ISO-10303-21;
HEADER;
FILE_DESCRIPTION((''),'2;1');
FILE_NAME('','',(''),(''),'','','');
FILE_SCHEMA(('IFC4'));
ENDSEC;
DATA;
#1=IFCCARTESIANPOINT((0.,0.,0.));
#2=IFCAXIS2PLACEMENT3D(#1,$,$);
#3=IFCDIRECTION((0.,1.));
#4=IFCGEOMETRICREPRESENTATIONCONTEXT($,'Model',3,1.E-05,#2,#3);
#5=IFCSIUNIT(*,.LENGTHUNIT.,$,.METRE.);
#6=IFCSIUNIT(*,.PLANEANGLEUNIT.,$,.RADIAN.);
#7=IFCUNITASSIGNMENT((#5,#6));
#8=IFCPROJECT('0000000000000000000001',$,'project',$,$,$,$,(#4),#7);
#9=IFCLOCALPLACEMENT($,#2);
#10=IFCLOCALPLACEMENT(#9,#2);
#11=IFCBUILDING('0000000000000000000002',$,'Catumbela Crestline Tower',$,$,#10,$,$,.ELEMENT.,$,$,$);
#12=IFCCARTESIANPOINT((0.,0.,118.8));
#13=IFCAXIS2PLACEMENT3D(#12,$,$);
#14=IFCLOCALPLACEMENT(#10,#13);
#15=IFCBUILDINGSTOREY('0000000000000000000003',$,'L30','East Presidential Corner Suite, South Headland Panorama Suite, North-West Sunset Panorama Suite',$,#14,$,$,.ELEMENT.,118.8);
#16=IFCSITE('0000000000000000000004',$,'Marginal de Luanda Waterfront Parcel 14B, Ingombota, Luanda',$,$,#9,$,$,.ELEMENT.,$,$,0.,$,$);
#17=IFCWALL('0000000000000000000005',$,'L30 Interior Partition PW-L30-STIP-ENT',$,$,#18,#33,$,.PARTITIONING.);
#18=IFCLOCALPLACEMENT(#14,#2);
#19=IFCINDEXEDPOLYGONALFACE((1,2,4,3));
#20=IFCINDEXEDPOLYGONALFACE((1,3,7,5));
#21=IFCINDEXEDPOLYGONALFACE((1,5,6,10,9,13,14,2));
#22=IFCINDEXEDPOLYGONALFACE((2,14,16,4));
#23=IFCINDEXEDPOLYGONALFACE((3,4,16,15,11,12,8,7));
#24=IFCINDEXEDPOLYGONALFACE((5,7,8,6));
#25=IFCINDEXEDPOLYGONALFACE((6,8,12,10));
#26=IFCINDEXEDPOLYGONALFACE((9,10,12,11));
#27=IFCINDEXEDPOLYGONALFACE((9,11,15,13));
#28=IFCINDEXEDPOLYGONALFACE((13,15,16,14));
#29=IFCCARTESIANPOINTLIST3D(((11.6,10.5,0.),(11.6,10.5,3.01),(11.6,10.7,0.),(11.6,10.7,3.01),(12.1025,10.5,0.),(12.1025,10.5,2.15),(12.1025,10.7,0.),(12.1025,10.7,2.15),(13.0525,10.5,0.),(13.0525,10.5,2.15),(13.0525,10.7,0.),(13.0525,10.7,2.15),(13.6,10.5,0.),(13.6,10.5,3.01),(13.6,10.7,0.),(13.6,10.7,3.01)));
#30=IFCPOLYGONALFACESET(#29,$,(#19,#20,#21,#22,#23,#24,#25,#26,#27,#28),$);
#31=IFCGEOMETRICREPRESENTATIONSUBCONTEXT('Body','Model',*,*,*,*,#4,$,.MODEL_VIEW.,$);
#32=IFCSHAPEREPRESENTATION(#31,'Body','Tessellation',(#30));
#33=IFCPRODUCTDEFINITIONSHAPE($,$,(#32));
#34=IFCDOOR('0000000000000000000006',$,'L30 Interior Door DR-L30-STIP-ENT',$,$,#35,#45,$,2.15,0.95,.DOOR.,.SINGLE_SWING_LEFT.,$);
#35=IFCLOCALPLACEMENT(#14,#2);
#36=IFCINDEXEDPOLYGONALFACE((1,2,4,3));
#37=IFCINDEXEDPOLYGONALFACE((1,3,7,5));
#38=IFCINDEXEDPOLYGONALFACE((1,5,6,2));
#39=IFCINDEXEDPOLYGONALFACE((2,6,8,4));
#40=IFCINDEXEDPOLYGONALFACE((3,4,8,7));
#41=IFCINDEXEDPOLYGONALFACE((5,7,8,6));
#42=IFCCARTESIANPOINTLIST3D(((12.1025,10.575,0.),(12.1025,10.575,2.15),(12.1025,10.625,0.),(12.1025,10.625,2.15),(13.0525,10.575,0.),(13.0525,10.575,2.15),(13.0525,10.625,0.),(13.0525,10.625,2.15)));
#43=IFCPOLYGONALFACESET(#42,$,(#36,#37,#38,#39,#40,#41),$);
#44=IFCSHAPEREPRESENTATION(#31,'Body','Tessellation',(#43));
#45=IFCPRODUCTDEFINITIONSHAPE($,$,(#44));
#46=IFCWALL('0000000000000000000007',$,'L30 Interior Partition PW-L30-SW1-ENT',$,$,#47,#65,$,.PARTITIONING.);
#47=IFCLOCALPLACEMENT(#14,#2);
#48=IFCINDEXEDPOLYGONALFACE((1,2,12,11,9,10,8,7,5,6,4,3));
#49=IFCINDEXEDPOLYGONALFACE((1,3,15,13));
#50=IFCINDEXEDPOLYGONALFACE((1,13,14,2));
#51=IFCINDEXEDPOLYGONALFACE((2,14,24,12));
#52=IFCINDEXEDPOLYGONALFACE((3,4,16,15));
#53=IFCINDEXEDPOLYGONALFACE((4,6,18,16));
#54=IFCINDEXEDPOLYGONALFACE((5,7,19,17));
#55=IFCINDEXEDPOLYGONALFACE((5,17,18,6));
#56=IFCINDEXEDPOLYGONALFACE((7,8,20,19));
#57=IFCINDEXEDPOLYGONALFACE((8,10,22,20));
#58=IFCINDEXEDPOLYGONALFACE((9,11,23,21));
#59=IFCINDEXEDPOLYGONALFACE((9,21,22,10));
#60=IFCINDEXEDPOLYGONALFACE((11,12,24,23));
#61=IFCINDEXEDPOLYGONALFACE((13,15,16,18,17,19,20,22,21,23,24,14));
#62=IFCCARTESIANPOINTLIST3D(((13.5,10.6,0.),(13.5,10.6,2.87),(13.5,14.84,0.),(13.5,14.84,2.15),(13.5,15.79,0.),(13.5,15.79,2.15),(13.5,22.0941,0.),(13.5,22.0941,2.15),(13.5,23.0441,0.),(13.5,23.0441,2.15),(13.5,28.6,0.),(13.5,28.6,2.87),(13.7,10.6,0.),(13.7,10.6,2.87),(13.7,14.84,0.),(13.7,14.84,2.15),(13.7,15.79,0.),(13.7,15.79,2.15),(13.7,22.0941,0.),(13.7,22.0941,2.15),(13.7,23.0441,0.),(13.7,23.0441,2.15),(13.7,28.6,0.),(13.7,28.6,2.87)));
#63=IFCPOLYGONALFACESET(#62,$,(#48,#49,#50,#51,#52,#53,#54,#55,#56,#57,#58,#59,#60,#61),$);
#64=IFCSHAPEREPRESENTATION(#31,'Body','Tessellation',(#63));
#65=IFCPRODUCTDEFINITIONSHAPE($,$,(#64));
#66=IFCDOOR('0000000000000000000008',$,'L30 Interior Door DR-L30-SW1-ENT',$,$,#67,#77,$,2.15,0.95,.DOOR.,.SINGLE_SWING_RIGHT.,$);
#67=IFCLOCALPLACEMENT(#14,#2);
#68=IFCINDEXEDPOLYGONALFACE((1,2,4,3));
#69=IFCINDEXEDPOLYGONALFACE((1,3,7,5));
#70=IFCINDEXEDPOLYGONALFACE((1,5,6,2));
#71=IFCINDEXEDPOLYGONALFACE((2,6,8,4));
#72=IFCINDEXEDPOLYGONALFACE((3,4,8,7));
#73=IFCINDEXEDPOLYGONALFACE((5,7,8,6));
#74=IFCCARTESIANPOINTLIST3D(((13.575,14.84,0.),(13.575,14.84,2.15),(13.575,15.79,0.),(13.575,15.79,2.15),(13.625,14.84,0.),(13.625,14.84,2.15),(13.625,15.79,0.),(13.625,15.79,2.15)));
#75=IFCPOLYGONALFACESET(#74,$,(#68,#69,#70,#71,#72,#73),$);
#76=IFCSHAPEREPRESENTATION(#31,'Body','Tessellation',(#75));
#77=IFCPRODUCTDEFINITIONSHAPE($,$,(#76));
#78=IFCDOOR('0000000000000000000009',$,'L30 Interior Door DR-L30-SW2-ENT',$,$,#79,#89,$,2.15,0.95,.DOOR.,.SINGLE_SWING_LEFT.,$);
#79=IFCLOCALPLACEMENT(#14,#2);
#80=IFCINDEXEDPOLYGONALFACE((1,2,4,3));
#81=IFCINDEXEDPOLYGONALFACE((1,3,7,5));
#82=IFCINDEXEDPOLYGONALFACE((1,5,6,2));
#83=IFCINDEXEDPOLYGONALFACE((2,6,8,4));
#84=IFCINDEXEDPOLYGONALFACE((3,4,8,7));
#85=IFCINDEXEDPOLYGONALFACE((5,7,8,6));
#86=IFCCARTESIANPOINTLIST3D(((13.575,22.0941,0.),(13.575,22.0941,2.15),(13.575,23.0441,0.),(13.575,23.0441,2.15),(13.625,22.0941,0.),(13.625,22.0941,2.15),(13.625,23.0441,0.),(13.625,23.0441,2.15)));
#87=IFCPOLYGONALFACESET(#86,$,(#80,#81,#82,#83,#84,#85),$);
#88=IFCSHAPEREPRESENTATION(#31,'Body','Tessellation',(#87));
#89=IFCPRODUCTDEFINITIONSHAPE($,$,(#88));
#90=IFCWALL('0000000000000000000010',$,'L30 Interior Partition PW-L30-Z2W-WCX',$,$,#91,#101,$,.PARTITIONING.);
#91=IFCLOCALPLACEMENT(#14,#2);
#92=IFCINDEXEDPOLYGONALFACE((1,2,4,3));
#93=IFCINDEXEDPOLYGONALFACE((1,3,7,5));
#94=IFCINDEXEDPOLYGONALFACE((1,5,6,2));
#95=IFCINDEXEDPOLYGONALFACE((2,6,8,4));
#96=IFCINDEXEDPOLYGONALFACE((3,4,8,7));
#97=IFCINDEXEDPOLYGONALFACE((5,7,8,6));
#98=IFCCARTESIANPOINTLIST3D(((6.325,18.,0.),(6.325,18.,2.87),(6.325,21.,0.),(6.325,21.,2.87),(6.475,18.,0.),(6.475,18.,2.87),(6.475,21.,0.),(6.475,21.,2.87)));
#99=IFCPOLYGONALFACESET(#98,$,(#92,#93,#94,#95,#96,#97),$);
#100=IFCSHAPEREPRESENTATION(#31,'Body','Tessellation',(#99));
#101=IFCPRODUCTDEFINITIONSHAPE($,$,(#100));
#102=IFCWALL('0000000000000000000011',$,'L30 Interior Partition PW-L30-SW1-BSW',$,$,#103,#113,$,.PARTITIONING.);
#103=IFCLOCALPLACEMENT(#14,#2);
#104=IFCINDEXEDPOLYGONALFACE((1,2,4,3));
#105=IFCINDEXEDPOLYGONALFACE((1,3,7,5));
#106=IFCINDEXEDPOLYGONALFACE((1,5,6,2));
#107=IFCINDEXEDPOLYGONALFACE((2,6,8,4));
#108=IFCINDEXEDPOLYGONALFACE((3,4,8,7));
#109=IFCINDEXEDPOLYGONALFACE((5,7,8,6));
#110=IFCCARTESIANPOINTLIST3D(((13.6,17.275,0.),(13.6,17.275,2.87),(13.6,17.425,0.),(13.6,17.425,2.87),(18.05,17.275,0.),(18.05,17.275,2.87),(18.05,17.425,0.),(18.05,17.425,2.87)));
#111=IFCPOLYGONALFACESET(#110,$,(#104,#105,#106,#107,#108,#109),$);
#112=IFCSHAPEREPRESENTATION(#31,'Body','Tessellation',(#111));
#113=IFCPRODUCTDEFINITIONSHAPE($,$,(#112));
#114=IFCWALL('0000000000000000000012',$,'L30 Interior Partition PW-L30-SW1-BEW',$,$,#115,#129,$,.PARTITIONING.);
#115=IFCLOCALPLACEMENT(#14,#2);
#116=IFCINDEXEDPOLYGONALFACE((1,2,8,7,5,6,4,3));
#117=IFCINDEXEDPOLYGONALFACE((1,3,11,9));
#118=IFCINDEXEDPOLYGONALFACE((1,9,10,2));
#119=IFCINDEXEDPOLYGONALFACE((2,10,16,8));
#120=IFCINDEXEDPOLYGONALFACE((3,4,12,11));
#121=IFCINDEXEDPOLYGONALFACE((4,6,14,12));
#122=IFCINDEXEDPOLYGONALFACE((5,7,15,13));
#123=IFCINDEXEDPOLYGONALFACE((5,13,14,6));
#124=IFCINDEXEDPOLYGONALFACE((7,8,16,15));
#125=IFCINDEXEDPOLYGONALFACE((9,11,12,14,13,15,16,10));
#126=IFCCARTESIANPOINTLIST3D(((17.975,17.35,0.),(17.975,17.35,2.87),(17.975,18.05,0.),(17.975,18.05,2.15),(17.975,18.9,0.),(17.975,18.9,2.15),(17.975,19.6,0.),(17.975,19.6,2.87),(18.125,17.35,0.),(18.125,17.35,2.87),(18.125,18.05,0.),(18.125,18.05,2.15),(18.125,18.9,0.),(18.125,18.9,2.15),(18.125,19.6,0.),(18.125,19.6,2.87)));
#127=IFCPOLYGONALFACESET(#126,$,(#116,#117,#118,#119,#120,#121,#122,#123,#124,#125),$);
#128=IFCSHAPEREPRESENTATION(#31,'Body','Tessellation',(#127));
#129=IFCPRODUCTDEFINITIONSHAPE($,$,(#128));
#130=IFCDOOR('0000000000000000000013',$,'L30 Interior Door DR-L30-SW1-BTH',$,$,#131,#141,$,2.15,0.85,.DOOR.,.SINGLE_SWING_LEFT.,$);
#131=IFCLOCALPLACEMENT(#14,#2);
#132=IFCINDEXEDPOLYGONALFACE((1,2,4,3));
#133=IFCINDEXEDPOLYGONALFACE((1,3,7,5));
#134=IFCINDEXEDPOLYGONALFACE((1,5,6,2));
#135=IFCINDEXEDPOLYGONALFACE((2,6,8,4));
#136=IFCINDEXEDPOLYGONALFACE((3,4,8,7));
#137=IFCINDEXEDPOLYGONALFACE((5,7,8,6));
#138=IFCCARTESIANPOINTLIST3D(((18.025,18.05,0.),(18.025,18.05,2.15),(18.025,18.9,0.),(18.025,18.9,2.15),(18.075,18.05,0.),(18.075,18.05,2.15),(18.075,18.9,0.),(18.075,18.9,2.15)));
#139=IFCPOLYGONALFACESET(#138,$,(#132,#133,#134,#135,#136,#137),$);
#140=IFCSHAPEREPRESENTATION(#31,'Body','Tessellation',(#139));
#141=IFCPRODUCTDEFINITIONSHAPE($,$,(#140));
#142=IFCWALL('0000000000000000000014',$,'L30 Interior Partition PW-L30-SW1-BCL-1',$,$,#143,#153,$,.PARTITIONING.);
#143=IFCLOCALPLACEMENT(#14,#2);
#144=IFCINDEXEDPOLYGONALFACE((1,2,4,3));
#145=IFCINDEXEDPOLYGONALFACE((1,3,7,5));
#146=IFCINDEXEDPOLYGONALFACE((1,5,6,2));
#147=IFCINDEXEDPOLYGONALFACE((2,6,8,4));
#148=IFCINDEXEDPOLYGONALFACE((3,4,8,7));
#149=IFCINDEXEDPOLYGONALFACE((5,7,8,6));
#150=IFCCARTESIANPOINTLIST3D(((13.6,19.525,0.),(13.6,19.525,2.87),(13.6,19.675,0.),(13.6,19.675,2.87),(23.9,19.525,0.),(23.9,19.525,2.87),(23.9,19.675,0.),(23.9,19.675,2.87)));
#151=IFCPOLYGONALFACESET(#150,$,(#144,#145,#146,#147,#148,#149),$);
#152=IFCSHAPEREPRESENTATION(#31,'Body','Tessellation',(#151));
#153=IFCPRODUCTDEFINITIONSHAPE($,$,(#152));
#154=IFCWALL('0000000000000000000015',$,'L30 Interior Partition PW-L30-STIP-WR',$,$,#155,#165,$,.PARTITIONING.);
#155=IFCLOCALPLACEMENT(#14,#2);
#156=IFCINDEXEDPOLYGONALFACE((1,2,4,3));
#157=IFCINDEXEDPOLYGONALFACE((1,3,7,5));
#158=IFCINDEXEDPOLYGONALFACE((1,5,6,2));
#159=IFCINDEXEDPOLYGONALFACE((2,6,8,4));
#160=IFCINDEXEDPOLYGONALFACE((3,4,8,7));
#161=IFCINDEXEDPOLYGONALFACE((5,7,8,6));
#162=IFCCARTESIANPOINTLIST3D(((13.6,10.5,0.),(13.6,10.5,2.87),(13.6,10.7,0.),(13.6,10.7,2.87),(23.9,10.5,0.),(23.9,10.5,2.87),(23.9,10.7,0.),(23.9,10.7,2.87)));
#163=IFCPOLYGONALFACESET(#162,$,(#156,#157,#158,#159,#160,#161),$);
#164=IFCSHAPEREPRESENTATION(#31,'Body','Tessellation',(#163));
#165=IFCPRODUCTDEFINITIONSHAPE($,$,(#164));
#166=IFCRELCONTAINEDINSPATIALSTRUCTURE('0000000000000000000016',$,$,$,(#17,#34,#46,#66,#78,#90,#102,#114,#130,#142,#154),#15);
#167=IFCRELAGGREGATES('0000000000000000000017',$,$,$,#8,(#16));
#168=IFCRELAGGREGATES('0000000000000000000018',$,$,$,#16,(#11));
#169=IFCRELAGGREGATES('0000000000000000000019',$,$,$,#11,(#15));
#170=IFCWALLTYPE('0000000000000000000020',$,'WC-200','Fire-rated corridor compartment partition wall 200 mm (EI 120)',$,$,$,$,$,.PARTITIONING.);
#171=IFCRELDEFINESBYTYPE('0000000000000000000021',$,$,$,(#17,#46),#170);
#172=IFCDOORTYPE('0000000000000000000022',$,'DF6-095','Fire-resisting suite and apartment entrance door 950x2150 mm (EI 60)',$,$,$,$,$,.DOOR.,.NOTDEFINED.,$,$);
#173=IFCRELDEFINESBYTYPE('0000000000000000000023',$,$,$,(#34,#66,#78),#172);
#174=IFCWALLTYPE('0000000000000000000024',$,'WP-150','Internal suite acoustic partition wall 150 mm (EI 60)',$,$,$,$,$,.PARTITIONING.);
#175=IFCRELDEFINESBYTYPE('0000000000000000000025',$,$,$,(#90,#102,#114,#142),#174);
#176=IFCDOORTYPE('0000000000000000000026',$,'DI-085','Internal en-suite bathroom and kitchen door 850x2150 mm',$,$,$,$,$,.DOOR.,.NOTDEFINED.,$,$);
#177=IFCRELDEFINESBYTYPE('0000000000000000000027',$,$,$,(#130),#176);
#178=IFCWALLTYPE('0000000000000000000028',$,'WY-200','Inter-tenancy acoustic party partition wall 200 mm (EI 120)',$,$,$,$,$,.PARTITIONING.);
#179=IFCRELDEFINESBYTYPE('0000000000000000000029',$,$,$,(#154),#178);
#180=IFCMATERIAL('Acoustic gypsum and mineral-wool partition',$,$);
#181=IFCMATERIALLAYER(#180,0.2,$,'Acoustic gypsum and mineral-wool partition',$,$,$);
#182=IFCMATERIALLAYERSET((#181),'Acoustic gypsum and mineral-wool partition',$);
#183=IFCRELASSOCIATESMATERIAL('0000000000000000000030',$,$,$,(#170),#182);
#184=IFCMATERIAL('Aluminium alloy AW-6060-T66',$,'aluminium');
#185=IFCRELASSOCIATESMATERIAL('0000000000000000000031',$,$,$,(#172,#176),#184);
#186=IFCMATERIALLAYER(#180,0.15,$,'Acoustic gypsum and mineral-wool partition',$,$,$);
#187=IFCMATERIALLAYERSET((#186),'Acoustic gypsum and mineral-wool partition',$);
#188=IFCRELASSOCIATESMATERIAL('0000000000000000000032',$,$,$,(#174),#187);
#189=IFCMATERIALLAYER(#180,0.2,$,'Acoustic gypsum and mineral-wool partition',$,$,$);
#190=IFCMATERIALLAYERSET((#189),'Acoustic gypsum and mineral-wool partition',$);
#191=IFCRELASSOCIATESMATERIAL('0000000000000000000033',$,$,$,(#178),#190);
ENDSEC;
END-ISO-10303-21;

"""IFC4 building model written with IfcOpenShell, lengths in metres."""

from ifc_helpers import new_model, si_unit, direction, frame, frame_2d, origin, place, context, subcontext, project, spatial, rectangle, extrude, material, layer, layer_set, type_object, element, fill, save


model = new_model("IFC4")

# Units and contexts
model_context = context("Model", 3, precision=1e-05, world=origin(), true_north=direction((0.0, 1.0)))
body_context = subcontext(model_context, "Body", "Model", "MODEL_VIEW")
ifc_project = project(units=[si_unit("LENGTHUNIT", "METRE"), si_unit("PLANEANGLEUNIT", "RADIAN")], contexts=[model_context])

# Site, building, storey
site_placement = place(None, origin())
site = spatial("IfcSite", under=ifc_project, at=site_placement, Name="Marginal de Luanda Waterfront Parcel 14B, Ingombota, Luanda", CompositionType="ELEMENT", RefElevation=0.0)
building_placement = place(site_placement, origin())
building = spatial("IfcBuilding", under=site, at=building_placement, Name="Catumbela Crestline Tower", CompositionType="ELEMENT")
storey_placement = place(building_placement, frame((0.0, 0.0, 118.8)))
storey = spatial("IfcBuildingStorey", under=building, at=storey_placement, Name="L30", Description="East Presidential Corner Suite, South Headland Panorama Suite, North-West Sunset Panorama Suite", CompositionType="ELEMENT", Elevation=118.8)

# Shared definitions
ifc_material_1 = material(Name="Acoustic gypsum and mineral-wool partition")
ifc_layer_1 = layer(ifc_material_1, 0.2, Name="Acoustic gypsum and mineral-wool partition")
ifc_layer_set_1 = layer_set([ifc_layer_1], Name="Acoustic gypsum and mineral-wool partition")
wall_type_1 = type_object("IfcWallType", Name="WC-200", Description="Fire-rated corridor compartment partition wall 200 mm (EI 120)", PredefinedType="PARTITIONING", material=ifc_layer_set_1)
ifc_material_2 = material(Name="Aluminium alloy AW-6060-T66", Category="aluminium")
door_type_1 = type_object("IfcDoorType", Name="DF6-095", Description="Fire-resisting suite and apartment entrance door 950x2150 mm (EI 60)", OperationType="NOTDEFINED", PredefinedType="DOOR", material=ifc_material_2)

# Wall, opening, door
wall_1_placement = place(storey_placement, frame((11.6, 10.6, 0.0), z_axis=(0.0, 0.0, 1.0), x_axis=(1.0, 0.0, 0.0)))
wall_1 = element("IfcWall", 1, at=wall_1_placement, inside=storey, type_object=wall_type_1, Name="L30 Interior Partition PW-L30-STIP-ENT", PredefinedType="PARTITIONING", context=body_context, shape_type="SweptSolid", body=[
    extrude(rectangle(XDim=2.0, YDim=0.2, at=frame_2d((1.0, 0.0))), origin(), (0.0, 0.0, 1.0), 3.01),
])
opening_1_placement = place(wall_1_placement, frame((0.5025, 0.0, 0.0)))
opening_1 = element("IfcOpeningElement", 2, at=opening_1_placement, cuts=wall_1, PredefinedType="OPENING", context=body_context, shape_type="SweptSolid", body=[
    extrude(rectangle(XDim=0.95, YDim=2.15, at=frame_2d((0.475, 1.075))), frame((0.0, 0.11, 0.0), z_axis=(0.0, -1.0, 0.0), x_axis=(1.0, 0.0, 0.0)), (0.0, 0.0, 1.0), 0.22),
])
door_1_placement = place(opening_1_placement, origin())
door_1 = element("IfcDoor", 3, at=door_1_placement, inside=storey, type_object=door_type_1, Name="L30 Interior Door DR-L30-STIP-ENT", OperationType="SINGLE_SWING_LEFT", OverallHeight=2.15, OverallWidth=0.95, PredefinedType="DOOR", context=body_context, shape_type="SweptSolid", body=[
    extrude(rectangle(XDim=0.95, YDim=2.15, at=frame_2d((0.475, 1.075))), frame((0.0, 0.025, 0.0), z_axis=(0.0, -1.0, 0.0), x_axis=(1.0, 0.0, 0.0)), (0.0, 0.0, 1.0), 0.05),
])
fill(opening_1, door_1)

# Wall, openings, doors
wall_2_placement = place(storey_placement, frame((13.6, 10.6, 0.0), z_axis=(0.0, 0.0, 1.0), x_axis=(0.0, 1.0, 0.0)))
wall_2 = element("IfcWall", 4, at=wall_2_placement, inside=storey, type_object=wall_type_1, Name="L30 Interior Partition PW-L30-SW1-ENT", PredefinedType="PARTITIONING", context=body_context, shape_type="SweptSolid", body=[
    extrude(rectangle(XDim=18.0, YDim=0.2, at=frame_2d((9.0, 0.0))), origin(), (0.0, 0.0, 1.0), 2.87),
])
opening_2_placement = place(wall_2_placement, frame((4.24, 0.0, 0.0)))
opening_2 = element("IfcOpeningElement", 5, at=opening_2_placement, cuts=wall_2, PredefinedType="OPENING", context=body_context, shape_type="SweptSolid", body=[
    extrude(rectangle(XDim=0.95, YDim=2.15, at=frame_2d((0.475, 1.075))), frame((0.0, 0.11, 0.0), z_axis=(0.0, -1.0, 0.0), x_axis=(1.0, 0.0, 0.0)), (0.0, 0.0, 1.0), 0.22),
])
opening_3_placement = place(wall_2_placement, frame((11.4941, 0.0, 0.0)))
opening_3 = element("IfcOpeningElement", 6, at=opening_3_placement, cuts=wall_2, PredefinedType="OPENING", context=body_context, shape_type="SweptSolid", body=[
    extrude(rectangle(XDim=0.95, YDim=2.15, at=frame_2d((0.475, 1.075))), frame((0.0, 0.11, 0.0), z_axis=(0.0, -1.0, 0.0), x_axis=(1.0, 0.0, 0.0)), (0.0, 0.0, 1.0), 0.22),
])
door_2_placement = place(opening_2_placement, origin())
door_2 = element("IfcDoor", 7, at=door_2_placement, inside=storey, type_object=door_type_1, Name="L30 Interior Door DR-L30-SW1-ENT", OperationType="SINGLE_SWING_RIGHT", OverallHeight=2.15, OverallWidth=0.95, PredefinedType="DOOR", context=body_context, shape_type="SweptSolid", body=[
    extrude(rectangle(XDim=0.95, YDim=2.15, at=frame_2d((0.475, 1.075))), frame((0.0, 0.025, 0.0), z_axis=(0.0, -1.0, 0.0), x_axis=(1.0, 0.0, 0.0)), (0.0, 0.0, 1.0), 0.05),
])
fill(opening_2, door_2)
door_3_placement = place(opening_3_placement, origin())
door_3 = element("IfcDoor", 8, at=door_3_placement, inside=storey, type_object=door_type_1, Name="L30 Interior Door DR-L30-SW2-ENT", OperationType="SINGLE_SWING_LEFT", OverallHeight=2.15, OverallWidth=0.95, PredefinedType="DOOR", context=body_context, shape_type="SweptSolid", body=[
    extrude(rectangle(XDim=0.95, YDim=2.15, at=frame_2d((0.475, 1.075))), frame((0.0, 0.025, 0.0), z_axis=(0.0, -1.0, 0.0), x_axis=(1.0, 0.0, 0.0)), (0.0, 0.0, 1.0), 0.05),
])
fill(opening_3, door_3)

# Walls
ifc_layer_2 = layer(ifc_material_1, 0.15, Name="Acoustic gypsum and mineral-wool partition")
ifc_layer_set_2 = layer_set([ifc_layer_2], Name="Acoustic gypsum and mineral-wool partition")
wall_type_2 = type_object("IfcWallType", Name="WP-150", Description="Internal suite acoustic partition wall 150 mm (EI 60)", PredefinedType="PARTITIONING", material=ifc_layer_set_2)
wall_3_placement = place(storey_placement, frame((6.4, 18.0, 0.0), z_axis=(0.0, 0.0, 1.0), x_axis=(0.0, 1.0, 0.0)))
element("IfcWall", 9, at=wall_3_placement, inside=storey, type_object=wall_type_2, Name="L30 Interior Partition PW-L30-Z2W-WCX", PredefinedType="PARTITIONING", context=body_context, shape_type="SweptSolid", body=[
    extrude(rectangle(XDim=3.0, YDim=0.15, at=frame_2d((1.5, 0.0))), origin(), (0.0, 0.0, 1.0), 2.87),
])
wall_4_placement = place(storey_placement, frame((13.6, 17.35, 0.0), z_axis=(0.0, 0.0, 1.0), x_axis=(1.0, 0.0, 0.0)))
element("IfcWall", 10, at=wall_4_placement, inside=storey, type_object=wall_type_2, Name="L30 Interior Partition PW-L30-SW1-BSW", PredefinedType="PARTITIONING", context=body_context, shape_type="SweptSolid", body=[
    extrude(rectangle(XDim=4.45, YDim=0.15, at=frame_2d((2.225, 0.0))), origin(), (0.0, 0.0, 1.0), 2.87),
])

# Wall, opening, door
wall_5_placement = place(storey_placement, frame((18.05, 17.35, 0.0), z_axis=(0.0, 0.0, 1.0), x_axis=(0.0, 1.0, 0.0)))
wall_5 = element("IfcWall", 11, at=wall_5_placement, inside=storey, type_object=wall_type_2, Name="L30 Interior Partition PW-L30-SW1-BEW", PredefinedType="PARTITIONING", context=body_context, shape_type="SweptSolid", body=[
    extrude(rectangle(XDim=2.25, YDim=0.15, at=frame_2d((1.125, 0.0))), origin(), (0.0, 0.0, 1.0), 2.87),
])
opening_4_placement = place(wall_5_placement, frame((0.7, 0.0, 0.0)))
opening_4 = element("IfcOpeningElement", 12, at=opening_4_placement, cuts=wall_5, PredefinedType="OPENING", context=body_context, shape_type="SweptSolid", body=[
    extrude(rectangle(XDim=0.85, YDim=2.15, at=frame_2d((0.425, 1.075))), frame((0.0, 0.085, 0.0), z_axis=(0.0, -1.0, 0.0), x_axis=(1.0, 0.0, 0.0)), (0.0, 0.0, 1.0), 0.17),
])
door_type_2 = type_object("IfcDoorType", Name="DI-085", Description="Internal en-suite bathroom and kitchen door 850x2150 mm", OperationType="NOTDEFINED", PredefinedType="DOOR", material=ifc_material_2)
door_4_placement = place(opening_4_placement, origin())
door_4 = element("IfcDoor", 13, at=door_4_placement, inside=storey, type_object=door_type_2, Name="L30 Interior Door DR-L30-SW1-BTH", OperationType="SINGLE_SWING_LEFT", OverallHeight=2.15, OverallWidth=0.85, PredefinedType="DOOR", context=body_context, shape_type="SweptSolid", body=[
    extrude(rectangle(XDim=0.85, YDim=2.15, at=frame_2d((0.425, 1.075))), frame((0.0, 0.025, 0.0), z_axis=(0.0, -1.0, 0.0), x_axis=(1.0, 0.0, 0.0)), (0.0, 0.0, 1.0), 0.05),
])
fill(opening_4, door_4)

# Walls
wall_6_placement = place(storey_placement, frame((13.6, 19.6, 0.0), z_axis=(0.0, 0.0, 1.0), x_axis=(1.0, 0.0, 0.0)))
element("IfcWall", 14, at=wall_6_placement, inside=storey, type_object=wall_type_2, Name="L30 Interior Partition PW-L30-SW1-BCL-1", PredefinedType="PARTITIONING", context=body_context, shape_type="SweptSolid", body=[
    extrude(rectangle(XDim=10.3, YDim=0.15, at=frame_2d((5.15, 0.0))), origin(), (0.0, 0.0, 1.0), 2.87),
])
ifc_layer_3 = layer(ifc_material_1, 0.2, Name="Acoustic gypsum and mineral-wool partition")
ifc_layer_set_3 = layer_set([ifc_layer_3], Name="Acoustic gypsum and mineral-wool partition")
wall_type_3 = type_object("IfcWallType", Name="WY-200", Description="Inter-tenancy acoustic party partition wall 200 mm (EI 120)", PredefinedType="PARTITIONING", material=ifc_layer_set_3)
wall_7_placement = place(storey_placement, frame((13.6, 10.6, 0.0), z_axis=(0.0, 0.0, 1.0), x_axis=(1.0, 0.0, 0.0)))
element("IfcWall", 15, at=wall_7_placement, inside=storey, type_object=wall_type_3, Name="L30 Interior Partition PW-L30-STIP-WR", PredefinedType="PARTITIONING", context=body_context, shape_type="SweptSolid", body=[
    extrude(rectangle(XDim=10.3, YDim=0.2, at=frame_2d((5.15, 0.0))), origin(), (0.0, 0.0, 1.0), 2.87),
])

save(model, "model.ifc")
